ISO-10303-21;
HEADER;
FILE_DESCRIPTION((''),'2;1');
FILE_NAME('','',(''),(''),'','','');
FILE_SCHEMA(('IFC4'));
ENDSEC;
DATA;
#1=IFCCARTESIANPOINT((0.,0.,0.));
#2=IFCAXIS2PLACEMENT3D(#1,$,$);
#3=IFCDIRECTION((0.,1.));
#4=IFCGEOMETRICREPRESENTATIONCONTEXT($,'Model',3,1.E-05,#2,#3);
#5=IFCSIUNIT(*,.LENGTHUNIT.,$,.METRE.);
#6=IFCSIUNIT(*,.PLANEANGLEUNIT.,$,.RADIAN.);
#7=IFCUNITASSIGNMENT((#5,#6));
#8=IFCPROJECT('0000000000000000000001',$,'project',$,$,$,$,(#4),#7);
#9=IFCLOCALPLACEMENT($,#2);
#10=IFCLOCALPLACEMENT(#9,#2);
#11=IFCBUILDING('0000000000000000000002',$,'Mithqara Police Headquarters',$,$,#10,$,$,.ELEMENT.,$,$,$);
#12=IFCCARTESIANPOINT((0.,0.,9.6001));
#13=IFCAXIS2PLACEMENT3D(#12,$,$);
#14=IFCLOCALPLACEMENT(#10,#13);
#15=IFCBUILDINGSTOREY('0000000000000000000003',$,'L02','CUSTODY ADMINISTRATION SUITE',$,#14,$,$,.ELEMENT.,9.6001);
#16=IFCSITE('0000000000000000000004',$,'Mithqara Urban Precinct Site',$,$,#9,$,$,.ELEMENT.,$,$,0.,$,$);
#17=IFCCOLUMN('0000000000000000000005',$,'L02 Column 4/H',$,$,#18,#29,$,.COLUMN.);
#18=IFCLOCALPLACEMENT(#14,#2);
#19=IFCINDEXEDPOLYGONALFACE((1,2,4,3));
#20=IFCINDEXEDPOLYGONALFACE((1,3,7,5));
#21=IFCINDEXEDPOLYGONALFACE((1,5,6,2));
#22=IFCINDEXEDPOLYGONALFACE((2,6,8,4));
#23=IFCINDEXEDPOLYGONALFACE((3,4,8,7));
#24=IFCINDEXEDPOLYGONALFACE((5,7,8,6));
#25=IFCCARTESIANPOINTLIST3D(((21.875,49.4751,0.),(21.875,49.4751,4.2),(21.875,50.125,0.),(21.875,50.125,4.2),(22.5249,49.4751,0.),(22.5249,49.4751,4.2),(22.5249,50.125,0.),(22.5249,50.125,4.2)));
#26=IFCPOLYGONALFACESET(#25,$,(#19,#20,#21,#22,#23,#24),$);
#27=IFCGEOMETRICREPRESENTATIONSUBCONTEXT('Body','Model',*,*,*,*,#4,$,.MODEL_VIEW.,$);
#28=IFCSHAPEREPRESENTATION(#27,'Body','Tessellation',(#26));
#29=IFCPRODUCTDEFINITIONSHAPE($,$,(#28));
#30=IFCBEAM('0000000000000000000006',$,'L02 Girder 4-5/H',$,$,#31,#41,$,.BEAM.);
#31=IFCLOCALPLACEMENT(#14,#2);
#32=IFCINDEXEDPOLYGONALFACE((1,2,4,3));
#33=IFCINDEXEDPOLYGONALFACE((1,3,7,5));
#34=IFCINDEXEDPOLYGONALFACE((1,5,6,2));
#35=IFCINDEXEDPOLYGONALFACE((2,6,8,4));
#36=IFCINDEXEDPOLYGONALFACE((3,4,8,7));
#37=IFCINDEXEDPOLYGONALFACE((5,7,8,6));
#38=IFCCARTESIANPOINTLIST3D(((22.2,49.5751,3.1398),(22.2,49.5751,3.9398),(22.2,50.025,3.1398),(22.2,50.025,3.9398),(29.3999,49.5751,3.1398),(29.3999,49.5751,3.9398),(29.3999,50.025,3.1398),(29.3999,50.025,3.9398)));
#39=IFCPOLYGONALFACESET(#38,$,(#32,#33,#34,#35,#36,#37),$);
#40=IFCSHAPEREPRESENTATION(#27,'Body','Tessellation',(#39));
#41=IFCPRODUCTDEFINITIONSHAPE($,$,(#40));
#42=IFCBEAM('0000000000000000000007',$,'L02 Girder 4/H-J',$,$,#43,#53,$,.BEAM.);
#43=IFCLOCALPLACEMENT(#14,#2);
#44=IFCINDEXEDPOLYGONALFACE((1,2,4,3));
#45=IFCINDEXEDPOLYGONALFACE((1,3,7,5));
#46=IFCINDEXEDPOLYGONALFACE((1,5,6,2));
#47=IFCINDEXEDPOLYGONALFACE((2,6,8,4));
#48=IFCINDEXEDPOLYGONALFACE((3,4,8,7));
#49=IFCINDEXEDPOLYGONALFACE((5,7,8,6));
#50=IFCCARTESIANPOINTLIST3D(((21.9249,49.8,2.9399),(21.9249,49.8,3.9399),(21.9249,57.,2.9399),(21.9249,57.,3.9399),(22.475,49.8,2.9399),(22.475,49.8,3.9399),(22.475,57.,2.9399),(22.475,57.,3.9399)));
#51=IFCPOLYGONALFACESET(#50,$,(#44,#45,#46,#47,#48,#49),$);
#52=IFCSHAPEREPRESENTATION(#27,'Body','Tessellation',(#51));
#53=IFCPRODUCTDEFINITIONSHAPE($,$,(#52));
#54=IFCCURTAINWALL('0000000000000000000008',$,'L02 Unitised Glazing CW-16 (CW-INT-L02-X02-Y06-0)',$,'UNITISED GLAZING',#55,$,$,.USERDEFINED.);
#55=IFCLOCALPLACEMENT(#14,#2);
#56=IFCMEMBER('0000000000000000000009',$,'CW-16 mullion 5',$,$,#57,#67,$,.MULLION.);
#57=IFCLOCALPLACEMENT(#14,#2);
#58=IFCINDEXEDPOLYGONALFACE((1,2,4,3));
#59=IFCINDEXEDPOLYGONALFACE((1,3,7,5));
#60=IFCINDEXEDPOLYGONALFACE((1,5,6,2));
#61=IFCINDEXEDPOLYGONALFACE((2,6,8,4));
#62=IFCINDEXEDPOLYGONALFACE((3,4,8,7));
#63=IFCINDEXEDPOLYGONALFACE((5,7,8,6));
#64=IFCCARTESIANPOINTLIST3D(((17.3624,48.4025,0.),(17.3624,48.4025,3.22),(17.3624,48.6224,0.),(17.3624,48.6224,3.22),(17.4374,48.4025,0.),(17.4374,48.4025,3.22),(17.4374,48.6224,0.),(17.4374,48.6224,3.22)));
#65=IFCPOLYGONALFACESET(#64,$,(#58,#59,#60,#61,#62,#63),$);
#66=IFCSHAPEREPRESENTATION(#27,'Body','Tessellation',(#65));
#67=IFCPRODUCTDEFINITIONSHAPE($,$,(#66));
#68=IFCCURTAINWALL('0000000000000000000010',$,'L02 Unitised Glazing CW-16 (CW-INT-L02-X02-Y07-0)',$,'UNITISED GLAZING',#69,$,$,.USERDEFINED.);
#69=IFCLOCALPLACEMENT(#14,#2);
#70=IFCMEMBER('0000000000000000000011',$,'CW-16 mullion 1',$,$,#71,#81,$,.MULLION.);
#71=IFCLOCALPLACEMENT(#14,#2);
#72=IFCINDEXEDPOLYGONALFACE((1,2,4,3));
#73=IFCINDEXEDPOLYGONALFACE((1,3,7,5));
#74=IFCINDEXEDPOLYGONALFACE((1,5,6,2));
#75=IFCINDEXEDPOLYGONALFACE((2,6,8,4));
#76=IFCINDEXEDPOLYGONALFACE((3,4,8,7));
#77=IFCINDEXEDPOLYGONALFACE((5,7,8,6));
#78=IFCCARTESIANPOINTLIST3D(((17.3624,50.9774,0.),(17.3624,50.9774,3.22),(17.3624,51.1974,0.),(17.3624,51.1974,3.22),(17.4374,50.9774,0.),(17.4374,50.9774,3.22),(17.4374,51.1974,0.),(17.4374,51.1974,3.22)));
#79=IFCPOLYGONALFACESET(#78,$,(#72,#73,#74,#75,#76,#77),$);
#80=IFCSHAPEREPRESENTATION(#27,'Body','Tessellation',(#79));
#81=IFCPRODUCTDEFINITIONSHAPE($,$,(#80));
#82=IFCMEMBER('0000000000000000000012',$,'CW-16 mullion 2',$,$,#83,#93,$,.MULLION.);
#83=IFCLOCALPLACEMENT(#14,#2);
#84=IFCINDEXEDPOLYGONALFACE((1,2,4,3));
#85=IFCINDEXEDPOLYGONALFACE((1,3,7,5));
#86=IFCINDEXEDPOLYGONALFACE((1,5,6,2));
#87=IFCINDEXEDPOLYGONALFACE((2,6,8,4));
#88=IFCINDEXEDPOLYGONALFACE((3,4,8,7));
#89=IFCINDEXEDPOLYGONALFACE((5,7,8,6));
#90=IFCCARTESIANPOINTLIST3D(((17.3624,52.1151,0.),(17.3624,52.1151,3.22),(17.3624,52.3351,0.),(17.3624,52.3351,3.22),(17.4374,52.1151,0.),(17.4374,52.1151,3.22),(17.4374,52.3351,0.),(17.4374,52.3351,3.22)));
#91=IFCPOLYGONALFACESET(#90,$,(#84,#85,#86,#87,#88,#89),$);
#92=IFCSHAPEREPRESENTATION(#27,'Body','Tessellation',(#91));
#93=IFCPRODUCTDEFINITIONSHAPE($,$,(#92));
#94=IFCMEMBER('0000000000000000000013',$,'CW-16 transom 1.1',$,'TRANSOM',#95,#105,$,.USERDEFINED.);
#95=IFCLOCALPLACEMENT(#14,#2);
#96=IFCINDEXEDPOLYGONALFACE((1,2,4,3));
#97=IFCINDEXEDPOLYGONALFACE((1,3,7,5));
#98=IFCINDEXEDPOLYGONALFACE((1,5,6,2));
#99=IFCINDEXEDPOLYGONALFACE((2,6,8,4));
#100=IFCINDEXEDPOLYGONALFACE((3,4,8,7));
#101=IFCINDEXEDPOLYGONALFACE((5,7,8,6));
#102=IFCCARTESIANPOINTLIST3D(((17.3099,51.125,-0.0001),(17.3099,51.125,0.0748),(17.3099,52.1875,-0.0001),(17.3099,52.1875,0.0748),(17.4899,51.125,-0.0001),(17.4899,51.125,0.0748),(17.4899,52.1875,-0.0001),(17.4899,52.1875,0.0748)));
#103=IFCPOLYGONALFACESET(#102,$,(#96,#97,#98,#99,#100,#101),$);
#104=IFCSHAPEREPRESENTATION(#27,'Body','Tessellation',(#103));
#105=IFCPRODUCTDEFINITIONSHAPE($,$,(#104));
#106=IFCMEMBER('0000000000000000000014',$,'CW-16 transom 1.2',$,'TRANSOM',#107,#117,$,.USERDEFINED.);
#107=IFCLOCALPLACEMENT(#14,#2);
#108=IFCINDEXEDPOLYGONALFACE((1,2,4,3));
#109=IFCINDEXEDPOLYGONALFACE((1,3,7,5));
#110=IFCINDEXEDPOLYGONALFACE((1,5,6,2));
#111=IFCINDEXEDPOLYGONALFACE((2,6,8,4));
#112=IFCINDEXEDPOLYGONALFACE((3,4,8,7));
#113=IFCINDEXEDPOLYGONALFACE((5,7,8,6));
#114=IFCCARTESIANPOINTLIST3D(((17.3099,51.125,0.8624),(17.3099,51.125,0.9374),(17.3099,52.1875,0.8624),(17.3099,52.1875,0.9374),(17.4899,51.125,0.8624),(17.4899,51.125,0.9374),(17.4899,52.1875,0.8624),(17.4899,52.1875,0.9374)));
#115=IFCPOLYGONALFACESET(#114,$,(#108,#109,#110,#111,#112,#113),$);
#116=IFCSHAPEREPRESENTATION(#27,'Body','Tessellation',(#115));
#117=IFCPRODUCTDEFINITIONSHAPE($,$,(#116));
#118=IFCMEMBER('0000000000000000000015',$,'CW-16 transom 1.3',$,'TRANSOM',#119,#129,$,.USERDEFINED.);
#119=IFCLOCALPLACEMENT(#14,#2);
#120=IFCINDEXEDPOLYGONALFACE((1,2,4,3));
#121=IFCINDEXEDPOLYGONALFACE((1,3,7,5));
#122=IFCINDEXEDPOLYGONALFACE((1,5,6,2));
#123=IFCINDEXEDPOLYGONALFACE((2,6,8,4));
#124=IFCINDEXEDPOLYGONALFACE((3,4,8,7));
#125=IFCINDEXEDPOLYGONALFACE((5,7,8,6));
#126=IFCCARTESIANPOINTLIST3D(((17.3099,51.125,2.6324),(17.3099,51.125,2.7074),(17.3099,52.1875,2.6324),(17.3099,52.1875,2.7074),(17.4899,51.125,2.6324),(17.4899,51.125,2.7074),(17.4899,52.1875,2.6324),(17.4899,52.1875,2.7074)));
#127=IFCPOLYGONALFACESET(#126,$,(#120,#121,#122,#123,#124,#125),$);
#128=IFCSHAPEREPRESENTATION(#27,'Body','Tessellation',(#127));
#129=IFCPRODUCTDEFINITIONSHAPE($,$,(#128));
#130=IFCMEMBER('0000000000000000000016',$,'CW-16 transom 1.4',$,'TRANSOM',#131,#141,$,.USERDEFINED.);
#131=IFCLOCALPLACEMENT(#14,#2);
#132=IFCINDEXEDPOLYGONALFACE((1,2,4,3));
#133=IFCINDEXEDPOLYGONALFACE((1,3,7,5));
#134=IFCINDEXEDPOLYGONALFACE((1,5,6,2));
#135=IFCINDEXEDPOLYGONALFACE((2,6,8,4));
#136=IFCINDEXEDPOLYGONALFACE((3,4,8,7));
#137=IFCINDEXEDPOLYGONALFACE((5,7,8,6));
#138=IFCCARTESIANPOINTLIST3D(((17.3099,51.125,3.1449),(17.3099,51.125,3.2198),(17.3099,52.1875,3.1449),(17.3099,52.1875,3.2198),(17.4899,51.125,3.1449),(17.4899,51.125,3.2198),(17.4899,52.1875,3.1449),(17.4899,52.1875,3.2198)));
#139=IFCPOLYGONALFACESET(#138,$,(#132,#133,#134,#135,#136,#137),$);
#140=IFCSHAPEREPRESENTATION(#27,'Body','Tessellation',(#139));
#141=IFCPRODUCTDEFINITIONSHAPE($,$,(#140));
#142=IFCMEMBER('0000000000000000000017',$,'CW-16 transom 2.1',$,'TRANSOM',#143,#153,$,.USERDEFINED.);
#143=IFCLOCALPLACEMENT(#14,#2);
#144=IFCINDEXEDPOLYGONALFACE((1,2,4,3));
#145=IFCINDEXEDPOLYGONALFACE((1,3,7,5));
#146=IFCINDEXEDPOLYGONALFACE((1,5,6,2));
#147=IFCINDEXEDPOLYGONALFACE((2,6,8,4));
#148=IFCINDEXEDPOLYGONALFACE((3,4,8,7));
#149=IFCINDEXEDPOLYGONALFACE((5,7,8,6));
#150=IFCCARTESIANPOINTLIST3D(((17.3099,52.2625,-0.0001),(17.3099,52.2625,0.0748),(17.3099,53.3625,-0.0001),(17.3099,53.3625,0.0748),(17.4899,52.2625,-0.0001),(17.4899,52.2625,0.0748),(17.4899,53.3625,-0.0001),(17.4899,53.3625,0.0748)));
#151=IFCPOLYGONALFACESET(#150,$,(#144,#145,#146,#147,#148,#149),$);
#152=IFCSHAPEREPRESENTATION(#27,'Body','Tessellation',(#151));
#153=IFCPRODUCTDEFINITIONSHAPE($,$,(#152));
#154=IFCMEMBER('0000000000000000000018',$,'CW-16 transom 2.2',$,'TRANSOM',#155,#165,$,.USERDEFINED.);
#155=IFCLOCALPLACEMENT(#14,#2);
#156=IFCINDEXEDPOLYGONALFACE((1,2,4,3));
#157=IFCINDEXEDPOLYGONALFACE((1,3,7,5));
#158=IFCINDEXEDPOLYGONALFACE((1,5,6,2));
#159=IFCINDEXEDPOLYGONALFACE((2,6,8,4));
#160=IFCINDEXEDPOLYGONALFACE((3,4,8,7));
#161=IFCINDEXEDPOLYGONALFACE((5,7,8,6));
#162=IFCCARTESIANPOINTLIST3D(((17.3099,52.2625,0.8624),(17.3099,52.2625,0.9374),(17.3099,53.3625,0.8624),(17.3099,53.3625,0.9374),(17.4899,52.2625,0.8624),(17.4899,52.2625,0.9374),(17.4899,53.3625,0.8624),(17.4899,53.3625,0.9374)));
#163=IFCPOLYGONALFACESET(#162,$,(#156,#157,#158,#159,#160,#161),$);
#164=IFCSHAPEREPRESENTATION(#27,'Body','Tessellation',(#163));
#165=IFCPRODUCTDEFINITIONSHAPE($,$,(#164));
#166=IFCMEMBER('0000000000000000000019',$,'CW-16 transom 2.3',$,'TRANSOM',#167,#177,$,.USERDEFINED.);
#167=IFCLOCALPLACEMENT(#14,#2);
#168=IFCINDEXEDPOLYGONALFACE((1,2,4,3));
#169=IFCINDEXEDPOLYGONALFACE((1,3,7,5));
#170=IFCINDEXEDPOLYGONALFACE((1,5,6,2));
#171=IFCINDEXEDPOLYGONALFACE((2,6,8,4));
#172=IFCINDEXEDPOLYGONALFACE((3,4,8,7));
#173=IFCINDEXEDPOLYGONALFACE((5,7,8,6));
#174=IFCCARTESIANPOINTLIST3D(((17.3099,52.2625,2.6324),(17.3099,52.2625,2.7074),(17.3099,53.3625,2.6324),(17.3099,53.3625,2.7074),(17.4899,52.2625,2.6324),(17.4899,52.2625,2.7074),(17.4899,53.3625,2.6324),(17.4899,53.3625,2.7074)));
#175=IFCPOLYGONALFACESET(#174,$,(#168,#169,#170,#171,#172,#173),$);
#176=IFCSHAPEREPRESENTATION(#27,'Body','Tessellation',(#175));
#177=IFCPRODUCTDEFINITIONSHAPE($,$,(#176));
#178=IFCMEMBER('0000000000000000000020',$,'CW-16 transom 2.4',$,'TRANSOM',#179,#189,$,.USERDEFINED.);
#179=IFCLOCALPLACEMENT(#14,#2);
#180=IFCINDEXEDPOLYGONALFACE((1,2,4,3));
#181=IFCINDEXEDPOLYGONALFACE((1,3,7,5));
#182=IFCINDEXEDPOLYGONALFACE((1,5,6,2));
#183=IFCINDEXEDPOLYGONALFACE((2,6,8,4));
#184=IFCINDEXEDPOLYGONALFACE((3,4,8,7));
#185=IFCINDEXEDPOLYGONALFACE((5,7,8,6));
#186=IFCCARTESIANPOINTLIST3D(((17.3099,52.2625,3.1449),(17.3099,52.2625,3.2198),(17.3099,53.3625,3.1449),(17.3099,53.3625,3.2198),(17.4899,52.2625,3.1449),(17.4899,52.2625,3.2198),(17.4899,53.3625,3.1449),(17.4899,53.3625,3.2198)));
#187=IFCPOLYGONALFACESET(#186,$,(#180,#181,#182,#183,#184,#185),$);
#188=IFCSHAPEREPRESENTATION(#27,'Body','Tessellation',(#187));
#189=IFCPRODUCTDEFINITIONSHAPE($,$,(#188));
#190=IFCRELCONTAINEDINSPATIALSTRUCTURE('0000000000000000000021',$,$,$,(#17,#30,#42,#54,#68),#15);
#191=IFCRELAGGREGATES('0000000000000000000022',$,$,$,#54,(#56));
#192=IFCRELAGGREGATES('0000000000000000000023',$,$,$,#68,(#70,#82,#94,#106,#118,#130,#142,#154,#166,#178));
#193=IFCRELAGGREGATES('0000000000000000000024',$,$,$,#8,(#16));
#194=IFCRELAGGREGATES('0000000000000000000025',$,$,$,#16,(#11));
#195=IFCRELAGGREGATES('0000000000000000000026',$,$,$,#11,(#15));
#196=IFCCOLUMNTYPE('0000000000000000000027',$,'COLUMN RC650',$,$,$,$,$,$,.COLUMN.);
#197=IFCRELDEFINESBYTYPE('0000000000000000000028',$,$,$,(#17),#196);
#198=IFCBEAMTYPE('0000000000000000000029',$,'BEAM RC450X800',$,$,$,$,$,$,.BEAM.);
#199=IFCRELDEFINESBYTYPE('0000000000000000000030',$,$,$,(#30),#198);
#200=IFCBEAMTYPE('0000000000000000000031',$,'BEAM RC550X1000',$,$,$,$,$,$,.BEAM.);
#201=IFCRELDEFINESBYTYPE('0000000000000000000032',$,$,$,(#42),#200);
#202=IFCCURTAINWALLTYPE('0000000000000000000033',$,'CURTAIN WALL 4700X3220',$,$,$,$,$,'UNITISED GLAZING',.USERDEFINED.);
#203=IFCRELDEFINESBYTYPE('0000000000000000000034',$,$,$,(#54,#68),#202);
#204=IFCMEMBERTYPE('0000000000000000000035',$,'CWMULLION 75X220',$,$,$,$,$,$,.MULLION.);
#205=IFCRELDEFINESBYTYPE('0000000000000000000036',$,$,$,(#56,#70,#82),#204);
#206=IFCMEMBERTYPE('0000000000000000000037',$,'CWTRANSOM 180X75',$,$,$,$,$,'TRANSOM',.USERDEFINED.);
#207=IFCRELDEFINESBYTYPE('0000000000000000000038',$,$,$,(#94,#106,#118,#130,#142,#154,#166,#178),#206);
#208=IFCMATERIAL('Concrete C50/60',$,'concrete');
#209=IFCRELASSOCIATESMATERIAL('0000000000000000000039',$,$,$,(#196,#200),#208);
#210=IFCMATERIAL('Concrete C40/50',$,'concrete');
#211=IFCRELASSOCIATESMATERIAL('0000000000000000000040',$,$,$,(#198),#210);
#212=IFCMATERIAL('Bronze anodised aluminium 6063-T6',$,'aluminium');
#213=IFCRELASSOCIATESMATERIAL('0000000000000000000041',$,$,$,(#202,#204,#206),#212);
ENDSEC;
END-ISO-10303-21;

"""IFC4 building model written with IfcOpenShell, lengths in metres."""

from ifc_helpers import new_model, si_unit, direction, frame, origin, origin_2d, place, context, subcontext, project, spatial, rectangle, extrude, material, material_profile, profile_set, type_object, element, aggregate, save


model = new_model("IFC4")

# Units and contexts
model_context = context("Model", 3, precision=1e-05, world=origin(), true_north=direction((0.0, 1.0)))
body_context = subcontext(model_context, "Body", "Model", "MODEL_VIEW")
ifc_project = project(units=[si_unit("LENGTHUNIT", "METRE"), si_unit("PLANEANGLEUNIT", "RADIAN")], contexts=[model_context])

# Site, building, storey
site_placement = place(None, origin())
site = spatial("IfcSite", under=ifc_project, at=site_placement, Name="Mithqara Urban Precinct Site", CompositionType="ELEMENT", RefElevation=0.0)
building_placement = place(site_placement, origin())
building = spatial("IfcBuilding", under=site, at=building_placement, Name="Mithqara Police Headquarters", CompositionType="ELEMENT")
storey_placement = place(building_placement, frame((0.0, 0.0, 9.6001)))
storey = spatial("IfcBuildingStorey", under=building, at=storey_placement, Name="L02", Description="CUSTODY ADMINISTRATION SUITE", CompositionType="ELEMENT", Elevation=9.6001)

# Column
ifc_material_1 = material(Name="Concrete C50/60", Category="concrete")
ifc_material_profile_1 = material_profile(ifc_material_1, rectangle(XDim=0.6499, YDim=0.6499, at=origin_2d()), Name="RC 650x650")
ifc_profile_set_1 = profile_set([ifc_material_profile_1], Name="Concrete C50/60")
column_type = type_object("IfcColumnType", Name="COLUMN RC650", PredefinedType="COLUMN", material=ifc_profile_set_1)
column_placement = place(storey_placement, frame((22.2, 49.8, 0.0), z_axis=(0.0, 0.0, 1.0), x_axis=(1.0, 0.0, 0.0)))
element("IfcColumn", 1, at=column_placement, inside=storey, type_object=column_type, Name="L02 Column 4/H", PredefinedType="COLUMN", context=body_context, shape_type="SweptSolid", body=[
    extrude(rectangle(XDim=0.6499, YDim=0.6499, at=origin_2d()), origin(), (0.0, 0.0, 1.0), 4.2),
])

# Beams
ifc_material_2 = material(Name="Concrete C40/50", Category="concrete")
ifc_material_profile_2 = material_profile(ifc_material_2, rectangle(XDim=0.45, YDim=0.8, at=origin_2d()), Name="RC 450x800")
ifc_profile_set_2 = profile_set([ifc_material_profile_2], Name="Concrete C40/50")
beam_type_1 = type_object("IfcBeamType", Name="BEAM RC450X800", PredefinedType="BEAM", material=ifc_profile_set_2)
beam_1_placement = place(storey_placement, frame((22.2, 49.8, 3.5398), z_axis=(1.0, 0.0, 0.0), x_axis=(0.0, 1.0, 0.0)))
element("IfcBeam", 2, at=beam_1_placement, inside=storey, type_object=beam_type_1, Name="L02 Girder 4-5/H", PredefinedType="BEAM", context=body_context, shape_type="SweptSolid", body=[
    extrude(rectangle(XDim=0.45, YDim=0.8, at=origin_2d()), origin(), (0.0, 0.0, 1.0), 7.2),
])
ifc_material_profile_3 = material_profile(ifc_material_1, rectangle(XDim=0.55, YDim=1.0, at=origin_2d()), Name="RC 550x1000")
ifc_profile_set_3 = profile_set([ifc_material_profile_3], Name="Concrete C50/60")
beam_type_2 = type_object("IfcBeamType", Name="BEAM RC550X1000", PredefinedType="BEAM", material=ifc_profile_set_3)
beam_2_placement = place(storey_placement, frame((22.2, 49.8, 3.4399), z_axis=(0.0, 1.0, 0.0), x_axis=(-1.0, 0.0, 0.0)))
element("IfcBeam", 3, at=beam_2_placement, inside=storey, type_object=beam_type_2, Name="L02 Girder 4/H-J", PredefinedType="BEAM", context=body_context, shape_type="SweptSolid", body=[
    extrude(rectangle(XDim=0.55, YDim=1.0, at=origin_2d()), origin(), (0.0, 0.0, 1.0), 7.2),
])

# Curtain wall, member
ifc_material_3 = material(Name="Bronze anodised aluminium 6063-T6", Category="aluminium")
curtain_wall_type = type_object("IfcCurtainWallType", Name="CURTAIN WALL 4700X3220", ElementType="UNITISED GLAZING", PredefinedType="USERDEFINED", material=ifc_material_3)
curtain_wall_1_placement = place(storey_placement, origin())
curtain_wall_1 = element("IfcCurtainWall", 4, at=curtain_wall_1_placement, inside=storey, type_object=curtain_wall_type, Name="L02 Unitised Glazing CW-16 (CW-INT-L02-X02-Y06-0)", ObjectType="UNITISED GLAZING", PredefinedType="USERDEFINED")
ifc_material_profile_4 = material_profile(ifc_material_3, rectangle(XDim=0.075, YDim=0.22, at=origin_2d()), Name="CWM 75x220")
ifc_profile_set_4 = profile_set([ifc_material_profile_4], Name="Bronze anodised aluminium 6063-T6")
member_type_1 = type_object("IfcMemberType", Name="CWMULLION 75X220", PredefinedType="MULLION", material=ifc_profile_set_4)
member_1_placement = place(storey_placement, frame((17.3999, 48.5125, 0.0), z_axis=(0.0, 0.0, 1.0), x_axis=(-1.0, 0.0, 0.0)))
member_1 = element("IfcMember", 5, at=member_1_placement, type_object=member_type_1, Name="CW-16 mullion 5", PredefinedType="MULLION", context=body_context, shape_type="SweptSolid", body=[
    extrude(rectangle(XDim=0.075, YDim=0.22, at=origin_2d()), origin(), (0.0, 0.0, 1.0), 3.22),
])
aggregate(curtain_wall_1, [member_1])

# Curtain wall, members
curtain_wall_2_placement = place(storey_placement, origin())
curtain_wall_2 = element("IfcCurtainWall", 6, at=curtain_wall_2_placement, inside=storey, type_object=curtain_wall_type, Name="L02 Unitised Glazing CW-16 (CW-INT-L02-X02-Y07-0)", ObjectType="UNITISED GLAZING", PredefinedType="USERDEFINED")
member_2_placement = place(storey_placement, frame((17.3999, 51.0874, 0.0), z_axis=(0.0, 0.0, 1.0), x_axis=(-1.0, 0.0, 0.0)))
member_2 = element("IfcMember", 7, at=member_2_placement, type_object=member_type_1, Name="CW-16 mullion 1", PredefinedType="MULLION", context=body_context, shape_type="SweptSolid", body=[
    extrude(rectangle(XDim=0.075, YDim=0.22, at=origin_2d()), origin(), (0.0, 0.0, 1.0), 3.22),
])
member_3_placement = place(storey_placement, frame((17.3999, 52.2251, 0.0), z_axis=(0.0, 0.0, 1.0), x_axis=(-1.0, 0.0, 0.0)))
member_3 = element("IfcMember", 8, at=member_3_placement, type_object=member_type_1, Name="CW-16 mullion 2", PredefinedType="MULLION", context=body_context, shape_type="SweptSolid", body=[
    extrude(rectangle(XDim=0.075, YDim=0.22, at=origin_2d()), origin(), (0.0, 0.0, 1.0), 3.22),
])
ifc_material_profile_5 = material_profile(ifc_material_3, rectangle(XDim=0.1799, YDim=0.075, at=origin_2d()), Name="CWT 180x75")
ifc_profile_set_5 = profile_set([ifc_material_profile_5], Name="Bronze anodised aluminium 6063-T6")
member_type_2 = type_object("IfcMemberType", Name="CWTRANSOM 180X75", ElementType="TRANSOM", PredefinedType="USERDEFINED", material=ifc_profile_set_5)
member_4_placement = place(storey_placement, frame((17.3999, 51.125, 0.0374), z_axis=(0.0, 1.0, 0.0), x_axis=(-1.0, 0.0, 0.0)))
member_4 = element("IfcMember", 9, at=member_4_placement, type_object=member_type_2, Name="CW-16 transom 1.1", ObjectType="TRANSOM", PredefinedType="USERDEFINED", context=body_context, shape_type="SweptSolid", body=[
    extrude(rectangle(XDim=0.1799, YDim=0.075, at=origin_2d()), origin(), (0.0, 0.0, 1.0), 1.0625),
])
member_5_placement = place(storey_placement, frame((17.3999, 51.125, 0.8999), z_axis=(0.0, 1.0, 0.0), x_axis=(-1.0, 0.0, 0.0)))
member_5 = element("IfcMember", 10, at=member_5_placement, type_object=member_type_2, Name="CW-16 transom 1.2", ObjectType="TRANSOM", PredefinedType="USERDEFINED", context=body_context, shape_type="SweptSolid", body=[
    extrude(rectangle(XDim=0.1799, YDim=0.075, at=origin_2d()), origin(), (0.0, 0.0, 1.0), 1.0625),
])
member_6_placement = place(storey_placement, frame((17.3999, 51.125, 2.6699), z_axis=(0.0, 1.0, 0.0), x_axis=(-1.0, 0.0, 0.0)))
member_6 = element("IfcMember", 11, at=member_6_placement, type_object=member_type_2, Name="CW-16 transom 1.3", ObjectType="TRANSOM", PredefinedType="USERDEFINED", context=body_context, shape_type="SweptSolid", body=[
    extrude(rectangle(XDim=0.1799, YDim=0.075, at=origin_2d()), origin(), (0.0, 0.0, 1.0), 1.0625),
])
member_7_placement = place(storey_placement, frame((17.3999, 51.125, 3.1824), z_axis=(0.0, 1.0, 0.0), x_axis=(-1.0, 0.0, 0.0)))
member_7 = element("IfcMember", 12, at=member_7_placement, type_object=member_type_2, Name="CW-16 transom 1.4", ObjectType="TRANSOM", PredefinedType="USERDEFINED", context=body_context, shape_type="SweptSolid", body=[
    extrude(rectangle(XDim=0.1799, YDim=0.075, at=origin_2d()), origin(), (0.0, 0.0, 1.0), 1.0625),
])
member_8_placement = place(storey_placement, frame((17.3999, 52.2625, 0.0374), z_axis=(0.0, 1.0, 0.0), x_axis=(-1.0, 0.0, 0.0)))
member_8 = element("IfcMember", 13, at=member_8_placement, type_object=member_type_2, Name="CW-16 transom 2.1", ObjectType="TRANSOM", PredefinedType="USERDEFINED", context=body_context, shape_type="SweptSolid", body=[
    extrude(rectangle(XDim=0.1799, YDim=0.075, at=origin_2d()), origin(), (0.0, 0.0, 1.0), 1.1001),
])
member_9_placement = place(storey_placement, frame((17.3999, 52.2625, 0.8999), z_axis=(0.0, 1.0, 0.0), x_axis=(-1.0, 0.0, 0.0)))
member_9 = element("IfcMember", 14, at=member_9_placement, type_object=member_type_2, Name="CW-16 transom 2.2", ObjectType="TRANSOM", PredefinedType="USERDEFINED", context=body_context, shape_type="SweptSolid", body=[
    extrude(rectangle(XDim=0.1799, YDim=0.075, at=origin_2d()), origin(), (0.0, 0.0, 1.0), 1.1001),
])
member_10_placement = place(storey_placement, frame((17.3999, 52.2625, 2.6699), z_axis=(0.0, 1.0, 0.0), x_axis=(-1.0, 0.0, 0.0)))
member_10 = element("IfcMember", 15, at=member_10_placement, type_object=member_type_2, Name="CW-16 transom 2.3", ObjectType="TRANSOM", PredefinedType="USERDEFINED", context=body_context, shape_type="SweptSolid", body=[
    extrude(rectangle(XDim=0.1799, YDim=0.075, at=origin_2d()), origin(), (0.0, 0.0, 1.0), 1.1001),
])
member_11_placement = place(storey_placement, frame((17.3999, 52.2625, 3.1824), z_axis=(0.0, 1.0, 0.0), x_axis=(-1.0, 0.0, 0.0)))
member_11 = element("IfcMember", 16, at=member_11_placement, type_object=member_type_2, Name="CW-16 transom 2.4", ObjectType="TRANSOM", PredefinedType="USERDEFINED", context=body_context, shape_type="SweptSolid", body=[
    extrude(rectangle(XDim=0.1799, YDim=0.075, at=origin_2d()), origin(), (0.0, 0.0, 1.0), 1.1001),
])
aggregate(curtain_wall_2, [member_2, member_3, member_4, member_5, member_6, member_7, member_8, member_9, member_10, member_11])

save(model, "model.ifc")
